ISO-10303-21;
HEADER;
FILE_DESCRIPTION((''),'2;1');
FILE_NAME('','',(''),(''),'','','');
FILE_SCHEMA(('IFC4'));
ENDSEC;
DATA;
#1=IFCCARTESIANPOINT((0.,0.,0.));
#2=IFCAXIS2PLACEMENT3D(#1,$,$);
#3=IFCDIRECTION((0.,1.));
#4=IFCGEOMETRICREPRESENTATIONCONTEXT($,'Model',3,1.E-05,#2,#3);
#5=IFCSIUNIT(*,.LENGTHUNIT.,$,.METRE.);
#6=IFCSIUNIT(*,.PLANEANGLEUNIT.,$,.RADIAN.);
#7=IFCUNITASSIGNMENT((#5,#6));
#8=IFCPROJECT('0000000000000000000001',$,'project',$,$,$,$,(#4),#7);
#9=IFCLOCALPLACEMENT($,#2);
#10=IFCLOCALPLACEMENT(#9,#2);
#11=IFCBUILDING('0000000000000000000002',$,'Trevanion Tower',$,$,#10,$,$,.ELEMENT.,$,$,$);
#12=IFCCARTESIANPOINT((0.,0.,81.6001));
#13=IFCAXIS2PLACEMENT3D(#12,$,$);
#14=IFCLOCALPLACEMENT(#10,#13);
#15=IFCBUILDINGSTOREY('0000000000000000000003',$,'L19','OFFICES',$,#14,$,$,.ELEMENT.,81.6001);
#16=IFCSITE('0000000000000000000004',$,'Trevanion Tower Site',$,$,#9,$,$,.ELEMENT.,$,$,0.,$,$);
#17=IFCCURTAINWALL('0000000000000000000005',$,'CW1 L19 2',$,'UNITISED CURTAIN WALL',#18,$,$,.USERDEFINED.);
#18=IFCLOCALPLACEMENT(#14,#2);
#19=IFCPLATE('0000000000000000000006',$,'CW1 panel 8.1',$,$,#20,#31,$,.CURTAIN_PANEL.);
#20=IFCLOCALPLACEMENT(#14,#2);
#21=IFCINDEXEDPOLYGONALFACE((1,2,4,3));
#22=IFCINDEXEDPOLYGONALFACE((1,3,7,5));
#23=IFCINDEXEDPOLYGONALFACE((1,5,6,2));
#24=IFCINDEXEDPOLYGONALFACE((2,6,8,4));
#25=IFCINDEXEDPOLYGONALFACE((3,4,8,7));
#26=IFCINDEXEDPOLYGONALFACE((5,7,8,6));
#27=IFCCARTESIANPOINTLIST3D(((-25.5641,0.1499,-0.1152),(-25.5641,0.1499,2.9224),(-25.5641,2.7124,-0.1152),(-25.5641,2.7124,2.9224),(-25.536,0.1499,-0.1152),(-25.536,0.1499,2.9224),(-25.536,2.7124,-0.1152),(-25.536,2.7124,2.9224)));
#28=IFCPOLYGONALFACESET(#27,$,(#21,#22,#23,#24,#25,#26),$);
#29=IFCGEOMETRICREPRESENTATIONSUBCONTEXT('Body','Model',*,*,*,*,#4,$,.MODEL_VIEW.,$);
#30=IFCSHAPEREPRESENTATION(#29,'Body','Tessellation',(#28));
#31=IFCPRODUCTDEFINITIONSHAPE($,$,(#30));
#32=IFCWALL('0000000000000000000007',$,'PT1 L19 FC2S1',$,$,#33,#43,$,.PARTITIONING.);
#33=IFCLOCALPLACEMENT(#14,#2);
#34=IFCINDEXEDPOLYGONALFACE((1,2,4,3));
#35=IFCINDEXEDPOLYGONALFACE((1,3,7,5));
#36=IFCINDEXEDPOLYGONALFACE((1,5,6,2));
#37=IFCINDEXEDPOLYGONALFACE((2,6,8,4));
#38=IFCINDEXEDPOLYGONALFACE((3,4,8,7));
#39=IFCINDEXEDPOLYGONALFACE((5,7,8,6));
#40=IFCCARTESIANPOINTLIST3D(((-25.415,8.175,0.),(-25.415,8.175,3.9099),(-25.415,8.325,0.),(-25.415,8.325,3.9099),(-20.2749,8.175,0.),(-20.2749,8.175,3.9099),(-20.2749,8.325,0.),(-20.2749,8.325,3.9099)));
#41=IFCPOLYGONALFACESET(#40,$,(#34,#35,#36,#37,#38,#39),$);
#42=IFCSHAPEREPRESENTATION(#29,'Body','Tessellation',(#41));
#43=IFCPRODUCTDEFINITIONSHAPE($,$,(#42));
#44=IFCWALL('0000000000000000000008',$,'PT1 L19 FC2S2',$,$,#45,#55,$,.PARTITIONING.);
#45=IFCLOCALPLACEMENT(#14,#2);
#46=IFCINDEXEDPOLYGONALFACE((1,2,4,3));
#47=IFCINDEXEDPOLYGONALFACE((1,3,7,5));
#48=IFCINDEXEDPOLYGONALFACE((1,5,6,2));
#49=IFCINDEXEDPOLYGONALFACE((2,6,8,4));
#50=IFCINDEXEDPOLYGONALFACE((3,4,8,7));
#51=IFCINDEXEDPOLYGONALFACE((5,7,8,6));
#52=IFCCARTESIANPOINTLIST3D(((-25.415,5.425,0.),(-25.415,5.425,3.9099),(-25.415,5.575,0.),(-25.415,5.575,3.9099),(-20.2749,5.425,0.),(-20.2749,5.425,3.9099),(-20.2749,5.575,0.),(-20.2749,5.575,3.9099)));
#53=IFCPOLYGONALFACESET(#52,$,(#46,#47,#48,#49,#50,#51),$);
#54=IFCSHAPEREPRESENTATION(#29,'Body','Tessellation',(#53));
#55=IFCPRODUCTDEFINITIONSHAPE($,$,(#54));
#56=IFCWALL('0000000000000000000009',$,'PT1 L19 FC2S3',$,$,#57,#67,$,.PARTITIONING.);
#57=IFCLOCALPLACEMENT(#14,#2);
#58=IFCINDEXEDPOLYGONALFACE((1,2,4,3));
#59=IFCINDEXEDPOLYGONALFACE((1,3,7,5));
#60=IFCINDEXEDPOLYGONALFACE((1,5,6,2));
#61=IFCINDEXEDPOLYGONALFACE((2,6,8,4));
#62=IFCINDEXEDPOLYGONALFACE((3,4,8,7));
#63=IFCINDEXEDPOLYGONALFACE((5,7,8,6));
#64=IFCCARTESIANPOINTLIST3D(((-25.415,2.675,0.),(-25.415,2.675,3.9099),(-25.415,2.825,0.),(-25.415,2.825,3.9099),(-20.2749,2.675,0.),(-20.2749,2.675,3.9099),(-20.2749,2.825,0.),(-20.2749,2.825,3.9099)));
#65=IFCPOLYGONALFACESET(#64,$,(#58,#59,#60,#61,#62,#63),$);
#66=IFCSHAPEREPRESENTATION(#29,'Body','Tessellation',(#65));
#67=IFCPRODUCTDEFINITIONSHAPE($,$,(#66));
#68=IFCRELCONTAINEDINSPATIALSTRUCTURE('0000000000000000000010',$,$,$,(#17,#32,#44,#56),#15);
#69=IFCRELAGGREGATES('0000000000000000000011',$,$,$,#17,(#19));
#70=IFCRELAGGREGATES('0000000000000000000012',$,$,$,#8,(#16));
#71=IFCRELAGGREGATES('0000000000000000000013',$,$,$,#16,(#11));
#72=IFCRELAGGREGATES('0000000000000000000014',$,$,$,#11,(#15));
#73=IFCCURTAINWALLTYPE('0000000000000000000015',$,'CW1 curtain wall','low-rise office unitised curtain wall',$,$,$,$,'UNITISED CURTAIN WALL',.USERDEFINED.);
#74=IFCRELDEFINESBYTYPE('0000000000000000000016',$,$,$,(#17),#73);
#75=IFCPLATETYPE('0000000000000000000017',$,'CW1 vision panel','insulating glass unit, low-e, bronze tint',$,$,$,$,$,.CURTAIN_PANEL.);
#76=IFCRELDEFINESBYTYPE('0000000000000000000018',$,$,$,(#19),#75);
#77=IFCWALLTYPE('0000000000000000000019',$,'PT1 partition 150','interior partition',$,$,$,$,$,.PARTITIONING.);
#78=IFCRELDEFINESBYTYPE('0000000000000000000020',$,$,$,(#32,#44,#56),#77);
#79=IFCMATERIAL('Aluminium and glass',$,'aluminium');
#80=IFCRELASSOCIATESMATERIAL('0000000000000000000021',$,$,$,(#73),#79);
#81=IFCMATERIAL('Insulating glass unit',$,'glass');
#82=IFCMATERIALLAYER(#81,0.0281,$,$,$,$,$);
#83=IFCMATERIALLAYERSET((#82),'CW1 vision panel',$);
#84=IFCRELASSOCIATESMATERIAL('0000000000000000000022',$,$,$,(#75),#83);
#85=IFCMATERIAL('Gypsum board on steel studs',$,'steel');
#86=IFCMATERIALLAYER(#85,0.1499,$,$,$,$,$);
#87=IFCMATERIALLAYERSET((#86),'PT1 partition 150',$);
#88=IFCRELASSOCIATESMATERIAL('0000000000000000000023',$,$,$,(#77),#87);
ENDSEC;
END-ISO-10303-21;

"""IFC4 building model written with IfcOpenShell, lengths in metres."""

from ifc_helpers import new_model, si_unit, direction, frame, frame_2d, origin, origin_2d, place, context, subcontext, project, spatial, rectangle, extrude, material, layer, layer_set, type_object, element, aggregate, save


model = new_model("IFC4")

# Units and contexts
model_context = context("Model", 3, precision=1e-05, world=origin(), true_north=direction((0.0, 1.0)))
body_context = subcontext(model_context, "Body", "Model", "MODEL_VIEW")
ifc_project = project(units=[si_unit("LENGTHUNIT", "METRE"), si_unit("PLANEANGLEUNIT", "RADIAN")], contexts=[model_context])

# Site, building, storey
site_placement = place(None, origin())
site = spatial("IfcSite", under=ifc_project, at=site_placement, Name="Trevanion Tower Site", CompositionType="ELEMENT", RefElevation=0.0)
building_placement = place(site_placement, origin())
building = spatial("IfcBuilding", under=site, at=building_placement, Name="Trevanion Tower", CompositionType="ELEMENT")
storey_placement = place(building_placement, frame((0.0, 0.0, 81.6001)))
storey = spatial("IfcBuildingStorey", under=building, at=storey_placement, Name="L19", Description="OFFICES", CompositionType="ELEMENT", Elevation=81.6001)

# Curtain wall, plate
ifc_material_1 = material(Name="Aluminium and glass", Category="aluminium")
curtain_wall_type = type_object("IfcCurtainWallType", Name="CW1 curtain wall", Description="low-rise office unitised curtain wall", ElementType="UNITISED CURTAIN WALL", PredefinedType="USERDEFINED", material=ifc_material_1)
curtain_wall_placement = place(storey_placement, origin())
curtain_wall = element("IfcCurtainWall", 1, at=curtain_wall_placement, inside=storey, type_object=curtain_wall_type, Name="CW1 L19 2", ObjectType="UNITISED CURTAIN WALL", PredefinedType="USERDEFINED")
ifc_material_2 = material(Name="Insulating glass unit", Category="glass")
ifc_layer_1 = layer(ifc_material_2, 0.0281)
ifc_layer_set_1 = layer_set([ifc_layer_1], Name="CW1 vision panel")
plate_type_1 = type_object("IfcPlateType", Name="CW1 vision panel", Description="insulating glass unit, low-e, bronze tint", PredefinedType="CURTAIN_PANEL", material=ifc_layer_set_1)
plate_1_placement = place(storey_placement, frame((-25.55, 1.4312, -0.1152), z_axis=(0.0, 0.0, 1.0), x_axis=(0.0, -1.0, 0.0)))
plate_1 = element("IfcPlate", 2, at=plate_1_placement, type_object=plate_type_1, Name="CW1 panel 8.1", PredefinedType="CURTAIN_PANEL", context=body_context, shape_type="SweptSolid", body=[
    extrude(rectangle(XDim=2.5625, YDim=0.0281, at=origin_2d()), origin(), (0.0, 0.0, 1.0), 3.0376),
])
aggregate(curtain_wall, [plate_1])

# Walls
ifc_material_3 = material(Name="Gypsum board on steel studs", Category="steel")
ifc_layer_2 = layer(ifc_material_3, 0.1499)
ifc_layer_set_2 = layer_set([ifc_layer_2], Name="PT1 partition 150")
wall_type = type_object("IfcWallType", Name="PT1 partition 150", Description="interior partition", PredefinedType="PARTITIONING", material=ifc_layer_set_2)
for number, where, z_axis, x_axis, name in (
    (3, (-20.2749, 8.25, 0.0), (0.0, 0.0, 1.0), (-1.0, 0.0, 0.0), "PT1 L19 FC2S1"),
    (4, (-20.2749, 5.5, 0.0), (0.0, 0.0, 1.0), (-1.0, 0.0, 0.0), "PT1 L19 FC2S2"),
    (5, (-20.2749, 2.75, 0.0), (0.0, 0.0, 1.0), (-1.0, 0.0, 0.0), "PT1 L19 FC2S3"),
):
    element("IfcWall", number, at=place(storey_placement, frame(where, z_axis=z_axis, x_axis=x_axis)), inside=storey, type_object=wall_type, Name=name, PredefinedType="PARTITIONING", context=body_context, shape_type="SweptSolid", body=[
        extrude(rectangle(XDim=5.1401, YDim=0.1499, at=frame_2d((2.5701, 0.0))), origin(), (0.0, 0.0, 1.0), 3.9099),
    ])

save(model, "model.ifc")
